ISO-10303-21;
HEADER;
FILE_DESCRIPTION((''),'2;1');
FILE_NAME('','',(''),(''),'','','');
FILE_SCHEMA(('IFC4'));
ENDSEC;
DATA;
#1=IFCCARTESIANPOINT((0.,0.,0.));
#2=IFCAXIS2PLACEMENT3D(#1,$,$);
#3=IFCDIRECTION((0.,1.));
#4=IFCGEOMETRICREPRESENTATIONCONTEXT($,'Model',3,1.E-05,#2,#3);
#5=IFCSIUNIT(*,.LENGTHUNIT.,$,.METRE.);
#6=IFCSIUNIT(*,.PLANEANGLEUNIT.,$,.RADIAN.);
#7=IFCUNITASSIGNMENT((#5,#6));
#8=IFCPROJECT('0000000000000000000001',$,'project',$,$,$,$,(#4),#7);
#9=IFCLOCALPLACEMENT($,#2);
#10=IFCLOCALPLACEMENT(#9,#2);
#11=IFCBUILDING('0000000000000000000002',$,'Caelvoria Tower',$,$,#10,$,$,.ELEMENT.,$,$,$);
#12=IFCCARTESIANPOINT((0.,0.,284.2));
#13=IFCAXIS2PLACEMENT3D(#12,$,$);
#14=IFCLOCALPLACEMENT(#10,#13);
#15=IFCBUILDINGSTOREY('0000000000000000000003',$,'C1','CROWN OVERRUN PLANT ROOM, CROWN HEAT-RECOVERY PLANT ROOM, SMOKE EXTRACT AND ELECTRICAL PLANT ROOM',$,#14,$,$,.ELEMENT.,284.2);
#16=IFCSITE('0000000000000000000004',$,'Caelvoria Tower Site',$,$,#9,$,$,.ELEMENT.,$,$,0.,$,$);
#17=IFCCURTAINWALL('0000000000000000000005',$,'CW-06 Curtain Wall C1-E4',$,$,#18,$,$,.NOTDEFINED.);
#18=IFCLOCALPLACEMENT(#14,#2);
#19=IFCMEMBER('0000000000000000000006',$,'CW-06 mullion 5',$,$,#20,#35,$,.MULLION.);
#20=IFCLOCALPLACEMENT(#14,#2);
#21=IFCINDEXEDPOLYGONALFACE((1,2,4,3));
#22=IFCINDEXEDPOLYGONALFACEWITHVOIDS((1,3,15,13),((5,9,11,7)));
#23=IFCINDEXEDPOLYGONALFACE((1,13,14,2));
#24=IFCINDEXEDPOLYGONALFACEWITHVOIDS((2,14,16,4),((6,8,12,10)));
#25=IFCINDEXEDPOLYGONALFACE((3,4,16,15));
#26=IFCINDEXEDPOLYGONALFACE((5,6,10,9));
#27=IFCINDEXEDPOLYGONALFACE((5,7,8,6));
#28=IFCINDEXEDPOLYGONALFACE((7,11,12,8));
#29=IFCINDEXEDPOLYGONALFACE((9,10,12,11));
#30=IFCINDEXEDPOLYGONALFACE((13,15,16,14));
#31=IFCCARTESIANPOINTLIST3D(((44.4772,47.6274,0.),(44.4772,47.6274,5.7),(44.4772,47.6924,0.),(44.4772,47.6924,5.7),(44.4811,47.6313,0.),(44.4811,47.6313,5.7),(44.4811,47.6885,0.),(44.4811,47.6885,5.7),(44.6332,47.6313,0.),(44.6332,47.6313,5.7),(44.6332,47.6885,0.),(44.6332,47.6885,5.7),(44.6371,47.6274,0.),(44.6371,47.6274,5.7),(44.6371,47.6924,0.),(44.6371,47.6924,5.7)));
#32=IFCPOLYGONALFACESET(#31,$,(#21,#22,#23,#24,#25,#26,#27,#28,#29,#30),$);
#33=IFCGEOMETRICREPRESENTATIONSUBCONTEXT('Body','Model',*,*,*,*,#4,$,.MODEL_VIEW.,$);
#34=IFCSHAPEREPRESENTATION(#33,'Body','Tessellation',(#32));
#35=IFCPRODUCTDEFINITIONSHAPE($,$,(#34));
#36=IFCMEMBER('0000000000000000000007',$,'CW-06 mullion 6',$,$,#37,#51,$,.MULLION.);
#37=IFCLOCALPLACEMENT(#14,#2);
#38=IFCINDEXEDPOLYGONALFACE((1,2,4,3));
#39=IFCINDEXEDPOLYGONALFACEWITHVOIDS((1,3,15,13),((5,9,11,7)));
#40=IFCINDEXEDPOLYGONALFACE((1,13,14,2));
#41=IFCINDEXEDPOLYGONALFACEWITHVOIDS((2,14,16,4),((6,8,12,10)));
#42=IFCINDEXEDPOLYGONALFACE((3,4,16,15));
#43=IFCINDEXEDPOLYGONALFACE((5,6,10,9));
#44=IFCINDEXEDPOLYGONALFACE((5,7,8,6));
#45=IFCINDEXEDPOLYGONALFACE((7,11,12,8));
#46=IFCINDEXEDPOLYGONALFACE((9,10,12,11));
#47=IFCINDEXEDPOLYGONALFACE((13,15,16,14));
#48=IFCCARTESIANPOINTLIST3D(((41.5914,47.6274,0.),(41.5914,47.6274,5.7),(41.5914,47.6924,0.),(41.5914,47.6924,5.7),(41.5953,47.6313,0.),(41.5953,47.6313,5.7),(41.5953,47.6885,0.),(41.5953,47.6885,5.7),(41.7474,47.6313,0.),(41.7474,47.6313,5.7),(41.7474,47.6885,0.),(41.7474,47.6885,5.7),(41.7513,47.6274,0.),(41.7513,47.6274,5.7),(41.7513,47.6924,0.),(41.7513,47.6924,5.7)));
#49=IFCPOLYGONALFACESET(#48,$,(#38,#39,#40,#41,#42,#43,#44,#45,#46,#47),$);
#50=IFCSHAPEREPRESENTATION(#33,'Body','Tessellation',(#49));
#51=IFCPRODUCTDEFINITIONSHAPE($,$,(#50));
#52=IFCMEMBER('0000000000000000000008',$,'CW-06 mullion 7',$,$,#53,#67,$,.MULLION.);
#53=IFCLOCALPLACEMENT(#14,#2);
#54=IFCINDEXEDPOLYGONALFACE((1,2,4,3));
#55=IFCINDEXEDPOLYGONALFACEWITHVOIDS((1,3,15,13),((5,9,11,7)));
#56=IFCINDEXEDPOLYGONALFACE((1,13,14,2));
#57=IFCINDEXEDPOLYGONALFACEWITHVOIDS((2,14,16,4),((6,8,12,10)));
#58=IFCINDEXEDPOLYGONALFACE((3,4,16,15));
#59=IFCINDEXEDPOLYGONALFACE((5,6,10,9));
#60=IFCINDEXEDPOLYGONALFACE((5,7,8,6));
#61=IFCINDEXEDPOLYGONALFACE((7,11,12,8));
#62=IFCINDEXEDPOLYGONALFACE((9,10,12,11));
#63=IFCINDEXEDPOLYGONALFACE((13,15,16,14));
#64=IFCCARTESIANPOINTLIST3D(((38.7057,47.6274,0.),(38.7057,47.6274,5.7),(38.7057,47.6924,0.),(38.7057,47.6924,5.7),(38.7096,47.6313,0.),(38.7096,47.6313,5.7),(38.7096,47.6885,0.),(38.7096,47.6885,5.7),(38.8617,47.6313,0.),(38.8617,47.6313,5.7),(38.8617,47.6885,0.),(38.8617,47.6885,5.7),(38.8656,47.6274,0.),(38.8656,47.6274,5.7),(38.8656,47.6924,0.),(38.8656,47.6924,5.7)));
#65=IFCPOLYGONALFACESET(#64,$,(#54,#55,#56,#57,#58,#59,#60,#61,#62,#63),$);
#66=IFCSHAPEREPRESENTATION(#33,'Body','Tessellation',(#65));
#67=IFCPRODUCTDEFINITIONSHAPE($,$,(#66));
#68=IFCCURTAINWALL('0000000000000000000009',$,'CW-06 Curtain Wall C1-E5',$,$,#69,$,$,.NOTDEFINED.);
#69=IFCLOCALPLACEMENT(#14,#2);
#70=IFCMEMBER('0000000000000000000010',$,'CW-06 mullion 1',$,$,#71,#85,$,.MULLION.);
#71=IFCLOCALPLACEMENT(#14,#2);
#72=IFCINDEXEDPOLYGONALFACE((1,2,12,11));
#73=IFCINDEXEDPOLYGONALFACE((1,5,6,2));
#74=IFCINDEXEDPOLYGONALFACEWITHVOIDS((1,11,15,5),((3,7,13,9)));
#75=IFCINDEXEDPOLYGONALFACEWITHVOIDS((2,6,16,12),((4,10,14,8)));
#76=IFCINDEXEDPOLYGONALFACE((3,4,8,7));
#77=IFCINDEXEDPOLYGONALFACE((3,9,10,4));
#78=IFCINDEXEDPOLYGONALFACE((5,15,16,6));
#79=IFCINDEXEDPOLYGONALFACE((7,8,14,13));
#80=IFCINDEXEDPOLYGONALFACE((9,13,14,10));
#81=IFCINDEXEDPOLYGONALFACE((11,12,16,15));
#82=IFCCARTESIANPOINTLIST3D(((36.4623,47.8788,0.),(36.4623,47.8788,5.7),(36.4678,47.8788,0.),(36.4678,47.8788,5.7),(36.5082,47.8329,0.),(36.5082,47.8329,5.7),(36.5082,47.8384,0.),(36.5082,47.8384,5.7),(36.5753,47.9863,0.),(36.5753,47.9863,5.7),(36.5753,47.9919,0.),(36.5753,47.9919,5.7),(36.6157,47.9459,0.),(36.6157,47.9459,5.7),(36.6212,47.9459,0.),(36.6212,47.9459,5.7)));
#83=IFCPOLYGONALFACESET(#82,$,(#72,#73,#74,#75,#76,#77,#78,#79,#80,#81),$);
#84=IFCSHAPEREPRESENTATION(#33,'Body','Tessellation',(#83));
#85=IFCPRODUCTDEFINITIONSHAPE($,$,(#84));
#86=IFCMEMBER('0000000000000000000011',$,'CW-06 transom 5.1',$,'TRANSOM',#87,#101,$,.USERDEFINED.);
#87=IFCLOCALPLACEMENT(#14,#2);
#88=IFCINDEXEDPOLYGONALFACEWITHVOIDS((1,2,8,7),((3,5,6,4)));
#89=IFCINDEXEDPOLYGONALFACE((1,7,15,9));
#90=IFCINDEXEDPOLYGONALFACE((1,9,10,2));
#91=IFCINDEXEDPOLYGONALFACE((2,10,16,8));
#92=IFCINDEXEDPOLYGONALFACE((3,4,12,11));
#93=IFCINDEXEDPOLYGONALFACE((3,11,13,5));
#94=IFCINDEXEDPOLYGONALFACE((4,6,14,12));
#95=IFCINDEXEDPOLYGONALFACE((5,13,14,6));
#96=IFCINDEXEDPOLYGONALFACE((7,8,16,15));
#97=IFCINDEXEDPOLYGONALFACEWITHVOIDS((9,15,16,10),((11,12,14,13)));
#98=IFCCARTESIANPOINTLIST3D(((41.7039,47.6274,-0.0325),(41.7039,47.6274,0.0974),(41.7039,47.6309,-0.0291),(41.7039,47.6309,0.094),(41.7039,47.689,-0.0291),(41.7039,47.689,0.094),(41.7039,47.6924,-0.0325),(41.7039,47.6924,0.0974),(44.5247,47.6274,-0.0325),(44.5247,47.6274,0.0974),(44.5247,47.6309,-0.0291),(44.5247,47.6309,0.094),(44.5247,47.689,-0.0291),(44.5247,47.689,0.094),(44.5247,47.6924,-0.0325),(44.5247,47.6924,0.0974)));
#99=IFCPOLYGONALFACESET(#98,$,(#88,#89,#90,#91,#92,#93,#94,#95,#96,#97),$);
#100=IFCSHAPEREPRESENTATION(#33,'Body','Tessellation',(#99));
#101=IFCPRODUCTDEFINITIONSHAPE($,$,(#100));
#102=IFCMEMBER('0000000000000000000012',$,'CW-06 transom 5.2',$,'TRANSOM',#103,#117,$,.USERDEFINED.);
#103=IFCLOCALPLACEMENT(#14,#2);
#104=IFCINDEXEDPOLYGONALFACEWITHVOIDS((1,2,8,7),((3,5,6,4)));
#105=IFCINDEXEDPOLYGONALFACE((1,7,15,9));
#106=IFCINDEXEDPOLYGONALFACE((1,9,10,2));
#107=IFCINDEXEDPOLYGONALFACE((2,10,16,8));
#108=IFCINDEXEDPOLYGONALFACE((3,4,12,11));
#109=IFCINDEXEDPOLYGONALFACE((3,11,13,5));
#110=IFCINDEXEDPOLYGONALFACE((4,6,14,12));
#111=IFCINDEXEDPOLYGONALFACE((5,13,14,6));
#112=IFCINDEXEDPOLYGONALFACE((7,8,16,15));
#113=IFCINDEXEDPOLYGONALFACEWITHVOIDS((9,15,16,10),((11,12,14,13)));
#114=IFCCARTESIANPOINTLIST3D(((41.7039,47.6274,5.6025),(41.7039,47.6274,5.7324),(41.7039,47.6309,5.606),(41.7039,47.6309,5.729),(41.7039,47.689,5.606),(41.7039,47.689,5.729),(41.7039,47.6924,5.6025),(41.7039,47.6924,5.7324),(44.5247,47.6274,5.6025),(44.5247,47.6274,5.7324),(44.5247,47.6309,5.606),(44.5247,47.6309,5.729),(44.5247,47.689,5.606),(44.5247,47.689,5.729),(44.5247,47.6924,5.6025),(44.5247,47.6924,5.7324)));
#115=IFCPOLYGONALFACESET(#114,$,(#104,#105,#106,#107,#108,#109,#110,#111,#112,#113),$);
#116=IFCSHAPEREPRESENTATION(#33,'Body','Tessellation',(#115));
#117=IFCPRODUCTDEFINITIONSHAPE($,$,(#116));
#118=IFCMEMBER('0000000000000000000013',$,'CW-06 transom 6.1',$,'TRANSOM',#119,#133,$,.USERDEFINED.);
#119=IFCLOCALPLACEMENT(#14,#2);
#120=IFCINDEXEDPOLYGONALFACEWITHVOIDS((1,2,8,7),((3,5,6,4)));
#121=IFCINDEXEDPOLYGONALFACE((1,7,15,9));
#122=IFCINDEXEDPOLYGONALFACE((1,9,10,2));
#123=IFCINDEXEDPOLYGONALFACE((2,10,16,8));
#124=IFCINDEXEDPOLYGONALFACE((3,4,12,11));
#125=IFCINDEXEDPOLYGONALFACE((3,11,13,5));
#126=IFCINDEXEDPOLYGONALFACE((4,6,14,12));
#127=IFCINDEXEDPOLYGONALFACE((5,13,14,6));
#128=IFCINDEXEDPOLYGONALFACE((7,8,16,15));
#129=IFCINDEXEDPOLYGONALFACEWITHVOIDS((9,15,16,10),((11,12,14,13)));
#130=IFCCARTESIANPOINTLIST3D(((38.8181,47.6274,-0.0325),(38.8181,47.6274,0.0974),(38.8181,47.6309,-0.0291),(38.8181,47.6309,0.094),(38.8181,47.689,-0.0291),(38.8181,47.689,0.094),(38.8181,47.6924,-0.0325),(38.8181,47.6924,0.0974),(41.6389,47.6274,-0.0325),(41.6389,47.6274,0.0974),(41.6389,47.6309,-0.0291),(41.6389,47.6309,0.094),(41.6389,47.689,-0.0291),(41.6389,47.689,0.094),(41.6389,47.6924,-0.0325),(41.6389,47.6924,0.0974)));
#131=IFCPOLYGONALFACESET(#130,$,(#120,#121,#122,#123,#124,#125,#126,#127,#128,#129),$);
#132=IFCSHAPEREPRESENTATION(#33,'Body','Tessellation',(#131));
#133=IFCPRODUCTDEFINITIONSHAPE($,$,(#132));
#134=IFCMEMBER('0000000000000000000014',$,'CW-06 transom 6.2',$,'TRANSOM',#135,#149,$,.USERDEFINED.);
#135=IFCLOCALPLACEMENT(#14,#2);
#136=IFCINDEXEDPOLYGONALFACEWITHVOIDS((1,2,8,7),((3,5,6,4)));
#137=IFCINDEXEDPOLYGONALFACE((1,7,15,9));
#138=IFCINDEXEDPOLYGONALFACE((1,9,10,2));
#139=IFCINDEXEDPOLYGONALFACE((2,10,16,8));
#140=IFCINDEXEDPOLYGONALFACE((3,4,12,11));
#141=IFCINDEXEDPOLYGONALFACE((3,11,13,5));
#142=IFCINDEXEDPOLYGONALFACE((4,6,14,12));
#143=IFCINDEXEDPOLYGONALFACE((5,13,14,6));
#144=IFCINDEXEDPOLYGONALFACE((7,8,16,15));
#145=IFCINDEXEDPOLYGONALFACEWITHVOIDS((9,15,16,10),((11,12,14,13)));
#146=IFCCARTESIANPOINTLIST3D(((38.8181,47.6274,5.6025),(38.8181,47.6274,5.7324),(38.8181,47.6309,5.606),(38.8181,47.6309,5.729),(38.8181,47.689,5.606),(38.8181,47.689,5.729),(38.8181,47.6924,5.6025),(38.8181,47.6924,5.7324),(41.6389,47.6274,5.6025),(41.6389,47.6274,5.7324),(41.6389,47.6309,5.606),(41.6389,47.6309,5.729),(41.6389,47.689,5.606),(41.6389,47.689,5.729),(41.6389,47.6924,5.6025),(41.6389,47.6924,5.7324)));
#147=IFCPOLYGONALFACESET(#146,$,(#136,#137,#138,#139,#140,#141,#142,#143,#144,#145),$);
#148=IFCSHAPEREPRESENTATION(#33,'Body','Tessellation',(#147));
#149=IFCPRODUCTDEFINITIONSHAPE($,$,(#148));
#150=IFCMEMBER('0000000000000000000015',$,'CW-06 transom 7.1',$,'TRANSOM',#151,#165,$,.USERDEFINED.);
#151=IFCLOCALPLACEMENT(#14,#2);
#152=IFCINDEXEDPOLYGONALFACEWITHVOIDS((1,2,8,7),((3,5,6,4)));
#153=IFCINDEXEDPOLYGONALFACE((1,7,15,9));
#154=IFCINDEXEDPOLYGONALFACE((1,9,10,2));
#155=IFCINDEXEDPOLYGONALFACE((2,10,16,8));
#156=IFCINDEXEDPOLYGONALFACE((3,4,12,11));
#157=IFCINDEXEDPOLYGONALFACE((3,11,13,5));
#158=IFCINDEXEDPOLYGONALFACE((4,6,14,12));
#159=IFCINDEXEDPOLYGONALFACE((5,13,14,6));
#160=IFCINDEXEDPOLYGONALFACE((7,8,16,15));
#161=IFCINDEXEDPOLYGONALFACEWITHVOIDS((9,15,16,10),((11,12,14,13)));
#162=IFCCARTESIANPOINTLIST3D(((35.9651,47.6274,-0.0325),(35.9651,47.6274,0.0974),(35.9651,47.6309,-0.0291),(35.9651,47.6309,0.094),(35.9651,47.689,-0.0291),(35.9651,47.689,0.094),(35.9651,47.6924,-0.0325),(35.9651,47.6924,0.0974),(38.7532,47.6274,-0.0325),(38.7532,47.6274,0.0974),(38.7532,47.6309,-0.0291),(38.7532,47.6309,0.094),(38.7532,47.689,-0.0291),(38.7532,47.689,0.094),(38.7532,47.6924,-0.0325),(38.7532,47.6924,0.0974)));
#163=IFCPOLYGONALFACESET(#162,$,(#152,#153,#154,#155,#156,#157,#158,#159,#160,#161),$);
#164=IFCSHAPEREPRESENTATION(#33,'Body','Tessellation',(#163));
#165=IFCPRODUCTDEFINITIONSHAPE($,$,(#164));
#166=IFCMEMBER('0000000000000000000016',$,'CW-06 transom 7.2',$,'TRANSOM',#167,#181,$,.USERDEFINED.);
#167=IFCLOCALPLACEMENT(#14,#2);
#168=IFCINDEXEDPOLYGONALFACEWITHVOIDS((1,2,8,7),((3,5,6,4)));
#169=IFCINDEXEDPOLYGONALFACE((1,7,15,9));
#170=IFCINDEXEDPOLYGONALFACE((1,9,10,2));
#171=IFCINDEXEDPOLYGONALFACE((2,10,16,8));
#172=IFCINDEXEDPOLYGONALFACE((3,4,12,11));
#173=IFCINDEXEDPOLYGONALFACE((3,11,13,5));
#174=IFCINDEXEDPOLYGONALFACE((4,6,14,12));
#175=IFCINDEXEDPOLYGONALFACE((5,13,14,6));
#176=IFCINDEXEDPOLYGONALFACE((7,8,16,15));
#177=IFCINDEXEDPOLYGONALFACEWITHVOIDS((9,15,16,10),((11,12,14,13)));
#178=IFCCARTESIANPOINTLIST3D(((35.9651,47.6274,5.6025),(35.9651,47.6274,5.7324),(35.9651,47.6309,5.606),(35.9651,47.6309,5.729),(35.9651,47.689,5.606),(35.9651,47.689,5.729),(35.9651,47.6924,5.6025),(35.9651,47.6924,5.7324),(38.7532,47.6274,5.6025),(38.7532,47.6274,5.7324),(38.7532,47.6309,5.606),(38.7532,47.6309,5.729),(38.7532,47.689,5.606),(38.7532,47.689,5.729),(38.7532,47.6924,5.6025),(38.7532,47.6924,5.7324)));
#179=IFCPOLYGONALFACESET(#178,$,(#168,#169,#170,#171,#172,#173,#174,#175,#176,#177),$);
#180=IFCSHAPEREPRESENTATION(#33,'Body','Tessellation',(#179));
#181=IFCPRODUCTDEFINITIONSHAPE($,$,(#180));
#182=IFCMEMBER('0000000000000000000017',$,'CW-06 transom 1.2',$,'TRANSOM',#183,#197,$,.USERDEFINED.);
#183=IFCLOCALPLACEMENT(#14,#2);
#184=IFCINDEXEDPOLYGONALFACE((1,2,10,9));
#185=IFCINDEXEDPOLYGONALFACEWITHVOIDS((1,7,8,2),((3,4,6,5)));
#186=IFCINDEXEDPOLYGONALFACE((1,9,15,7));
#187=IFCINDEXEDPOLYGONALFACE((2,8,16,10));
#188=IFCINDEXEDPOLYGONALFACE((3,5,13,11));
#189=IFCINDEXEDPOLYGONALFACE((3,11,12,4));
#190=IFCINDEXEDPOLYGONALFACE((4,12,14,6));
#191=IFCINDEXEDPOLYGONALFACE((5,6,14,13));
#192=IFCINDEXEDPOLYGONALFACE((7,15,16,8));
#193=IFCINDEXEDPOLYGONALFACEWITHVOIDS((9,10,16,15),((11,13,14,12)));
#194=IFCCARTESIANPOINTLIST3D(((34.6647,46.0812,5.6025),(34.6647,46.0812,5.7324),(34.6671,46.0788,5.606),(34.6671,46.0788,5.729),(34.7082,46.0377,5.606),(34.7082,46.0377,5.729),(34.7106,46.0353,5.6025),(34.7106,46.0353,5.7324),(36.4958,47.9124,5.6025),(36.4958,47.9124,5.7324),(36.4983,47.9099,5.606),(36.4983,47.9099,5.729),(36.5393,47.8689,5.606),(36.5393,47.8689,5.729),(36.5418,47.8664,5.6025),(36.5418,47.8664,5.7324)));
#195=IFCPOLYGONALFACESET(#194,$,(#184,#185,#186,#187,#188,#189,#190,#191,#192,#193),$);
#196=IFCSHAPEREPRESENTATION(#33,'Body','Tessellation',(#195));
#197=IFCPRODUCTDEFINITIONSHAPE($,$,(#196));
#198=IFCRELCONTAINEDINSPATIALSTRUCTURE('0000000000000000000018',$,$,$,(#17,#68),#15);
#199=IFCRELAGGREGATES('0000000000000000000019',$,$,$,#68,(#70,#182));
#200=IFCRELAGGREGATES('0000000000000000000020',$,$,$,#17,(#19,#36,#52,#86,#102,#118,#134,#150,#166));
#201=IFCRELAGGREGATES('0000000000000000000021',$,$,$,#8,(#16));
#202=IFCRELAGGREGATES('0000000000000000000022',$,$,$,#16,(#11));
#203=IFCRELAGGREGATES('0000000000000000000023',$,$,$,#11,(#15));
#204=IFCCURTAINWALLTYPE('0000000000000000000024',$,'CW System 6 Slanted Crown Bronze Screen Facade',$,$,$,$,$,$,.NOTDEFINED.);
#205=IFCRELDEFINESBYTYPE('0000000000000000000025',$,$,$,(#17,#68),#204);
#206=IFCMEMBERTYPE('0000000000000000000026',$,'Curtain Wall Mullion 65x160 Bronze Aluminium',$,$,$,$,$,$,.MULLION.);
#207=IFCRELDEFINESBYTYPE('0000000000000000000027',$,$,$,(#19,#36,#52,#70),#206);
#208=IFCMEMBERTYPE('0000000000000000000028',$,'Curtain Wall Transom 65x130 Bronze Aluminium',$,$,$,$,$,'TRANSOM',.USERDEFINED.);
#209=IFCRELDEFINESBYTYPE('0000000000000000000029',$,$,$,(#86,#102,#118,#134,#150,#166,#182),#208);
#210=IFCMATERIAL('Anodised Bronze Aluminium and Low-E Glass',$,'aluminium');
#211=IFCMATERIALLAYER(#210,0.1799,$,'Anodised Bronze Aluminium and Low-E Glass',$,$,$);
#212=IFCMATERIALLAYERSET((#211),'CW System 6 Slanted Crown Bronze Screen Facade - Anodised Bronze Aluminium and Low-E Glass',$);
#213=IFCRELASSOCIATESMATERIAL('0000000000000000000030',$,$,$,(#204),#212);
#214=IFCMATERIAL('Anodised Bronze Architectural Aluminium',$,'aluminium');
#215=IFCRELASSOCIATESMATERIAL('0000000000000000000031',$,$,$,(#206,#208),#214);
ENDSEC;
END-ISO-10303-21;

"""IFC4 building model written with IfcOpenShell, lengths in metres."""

from ifc_helpers import new_model, si_unit, direction, frame, origin, origin_2d, place, context, subcontext, project, spatial, hollow_rectangle, extrude, material, layer, layer_set, material_profile, profile_set, type_object, element, aggregate, save


model = new_model("IFC4")

# Units and contexts
model_context = context("Model", 3, precision=1e-05, world=origin(), true_north=direction((0.0, 1.0)))
body_context = subcontext(model_context, "Body", "Model", "MODEL_VIEW")
ifc_project = project(units=[si_unit("LENGTHUNIT", "METRE"), si_unit("PLANEANGLEUNIT", "RADIAN")], contexts=[model_context])

# Site, building, storey
site_placement = place(None, origin())
site = spatial("IfcSite", under=ifc_project, at=site_placement, Name="Caelvoria Tower Site", CompositionType="ELEMENT", RefElevation=0.0)
building_placement = place(site_placement, origin())
building = spatial("IfcBuilding", under=site, at=building_placement, Name="Caelvoria Tower", CompositionType="ELEMENT")
storey_placement = place(building_placement, frame((0.0, 0.0, 284.2)))
storey = spatial("IfcBuildingStorey", under=building, at=storey_placement, Name="C1", Description="CROWN OVERRUN PLANT ROOM, CROWN HEAT-RECOVERY PLANT ROOM, SMOKE EXTRACT AND ELECTRICAL PLANT ROOM", CompositionType="ELEMENT", Elevation=284.2)

# Curtain wall, members
ifc_material_1 = material(Name="Anodised Bronze Aluminium and Low-E Glass", Category="aluminium")
ifc_layer_1 = layer(ifc_material_1, 0.1799, Name="Anodised Bronze Aluminium and Low-E Glass")
ifc_layer_set_1 = layer_set([ifc_layer_1], Name="CW System 6 Slanted Crown Bronze Screen Facade - Anodised Bronze Aluminium and Low-E Glass")
curtain_wall_type = type_object("IfcCurtainWallType", Name="CW System 6 Slanted Crown Bronze Screen Facade", PredefinedType="NOTDEFINED", material=ifc_layer_set_1)
curtain_wall_1_placement = place(storey_placement, origin())
curtain_wall_1 = element("IfcCurtainWall", 1, at=curtain_wall_1_placement, inside=storey, type_object=curtain_wall_type, Name="CW-06 Curtain Wall C1-E4", PredefinedType="NOTDEFINED")
ifc_material_2 = material(Name="Anodised Bronze Architectural Aluminium", Category="aluminium")
ifc_material_profile_1 = material_profile(ifc_material_2, hollow_rectangle(XDim=0.0649, YDim=0.1599, WallThickness=0.0039, at=origin_2d()), Name="Anodised Bronze Architectural Aluminium")
ifc_profile_set_1 = profile_set([ifc_material_profile_1], Name="CW_MULL_65X160 - Anodised Bronze Architectural Aluminium")
member_type_1 = type_object("IfcMemberType", Name="Curtain Wall Mullion 65x160 Bronze Aluminium", PredefinedType="MULLION", material=ifc_profile_set_1)
member_1_placement = place(storey_placement, frame((44.5571, 47.6599, 0.0), z_axis=(0.0, 0.0, 1.0), x_axis=(0.0, -1.0, 0.0)))
member_1 = element("IfcMember", 2, at=member_1_placement, type_object=member_type_1, Name="CW-06 mullion 5", PredefinedType="MULLION", context=body_context, shape_type="SweptSolid", body=[
    extrude(hollow_rectangle(XDim=0.0649, YDim=0.1599, WallThickness=0.0039, at=origin_2d()), origin(), (0.0, 0.0, 1.0), 5.7),
])
member_2_placement = place(storey_placement, frame((41.6714, 47.6599, 0.0), z_axis=(0.0, 0.0, 1.0), x_axis=(0.0, -1.0, 0.0)))
member_2 = element("IfcMember", 3, at=member_2_placement, type_object=member_type_1, Name="CW-06 mullion 6", PredefinedType="MULLION", context=body_context, shape_type="SweptSolid", body=[
    extrude(hollow_rectangle(XDim=0.0649, YDim=0.1599, WallThickness=0.0039, at=origin_2d()), origin(), (0.0, 0.0, 1.0), 5.7),
])
member_3_placement = place(storey_placement, frame((38.7856, 47.6599, 0.0), z_axis=(0.0, 0.0, 1.0), x_axis=(0.0, -1.0, 0.0)))
member_3 = element("IfcMember", 4, at=member_3_placement, type_object=member_type_1, Name="CW-06 mullion 7", PredefinedType="MULLION", context=body_context, shape_type="SweptSolid", body=[
    extrude(hollow_rectangle(XDim=0.0649, YDim=0.1599, WallThickness=0.0039, at=origin_2d()), origin(), (0.0, 0.0, 1.0), 5.7),
])

# Curtain wall, member
curtain_wall_2_placement = place(storey_placement, origin())
curtain_wall_2 = element("IfcCurtainWall", 5, at=curtain_wall_2_placement, inside=storey, type_object=curtain_wall_type, Name="CW-06 Curtain Wall C1-E5", PredefinedType="NOTDEFINED")
member_4_placement = place(storey_placement, frame((36.5417, 47.9124, 0.0), z_axis=(0.0, 0.0, 1.0), x_axis=(0.707107, -0.707107, 0.0)))
member_4 = element("IfcMember", 6, at=member_4_placement, type_object=member_type_1, Name="CW-06 mullion 1", PredefinedType="MULLION", context=body_context, shape_type="SweptSolid", body=[
    extrude(hollow_rectangle(XDim=0.0649, YDim=0.1599, WallThickness=0.0039, at=origin_2d()), origin(), (0.0, 0.0, 1.0), 5.7),
])

# Members
ifc_material_profile_2 = material_profile(ifc_material_2, hollow_rectangle(XDim=0.0649, YDim=0.1299, WallThickness=0.0034, at=origin_2d()), Name="Anodised Bronze Architectural Aluminium")
ifc_profile_set_2 = profile_set([ifc_material_profile_2], Name="CW_TRAN_65X130 - Anodised Bronze Architectural Aluminium")
member_type_2 = type_object("IfcMemberType", Name="Curtain Wall Transom 65x130 Bronze Aluminium", ElementType="TRANSOM", PredefinedType="USERDEFINED", material=ifc_profile_set_2)
member_5_placement = place(storey_placement, frame((44.5247, 47.6599, 0.0325), z_axis=(-1.0, 0.0, 0.0), x_axis=(0.0, -1.0, 0.0)))
member_5 = element("IfcMember", 7, at=member_5_placement, type_object=member_type_2, Name="CW-06 transom 5.1", ObjectType="TRANSOM", PredefinedType="USERDEFINED", context=body_context, shape_type="SweptSolid", body=[
    extrude(hollow_rectangle(XDim=0.0649, YDim=0.1299, WallThickness=0.0034, at=origin_2d()), origin(), (0.0, 0.0, 1.0), 2.8208),
])
member_6_placement = place(storey_placement, frame((44.5247, 47.6599, 5.6675), z_axis=(-1.0, 0.0, 0.0), x_axis=(0.0, -1.0, 0.0)))
member_6 = element("IfcMember", 8, at=member_6_placement, type_object=member_type_2, Name="CW-06 transom 5.2", ObjectType="TRANSOM", PredefinedType="USERDEFINED", context=body_context, shape_type="SweptSolid", body=[
    extrude(hollow_rectangle(XDim=0.0649, YDim=0.1299, WallThickness=0.0034, at=origin_2d()), origin(), (0.0, 0.0, 1.0), 2.8208),
])
member_7_placement = place(storey_placement, frame((41.6389, 47.6599, 0.0325), z_axis=(-1.0, 0.0, 0.0), x_axis=(0.0, -1.0, 0.0)))
member_7 = element("IfcMember", 9, at=member_7_placement, type_object=member_type_2, Name="CW-06 transom 6.1", ObjectType="TRANSOM", PredefinedType="USERDEFINED", context=body_context, shape_type="SweptSolid", body=[
    extrude(hollow_rectangle(XDim=0.0649, YDim=0.1299, WallThickness=0.0034, at=origin_2d()), origin(), (0.0, 0.0, 1.0), 2.8208),
])
member_8_placement = place(storey_placement, frame((41.6389, 47.6599, 5.6675), z_axis=(-1.0, 0.0, 0.0), x_axis=(0.0, -1.0, 0.0)))
member_8 = element("IfcMember", 10, at=member_8_placement, type_object=member_type_2, Name="CW-06 transom 6.2", ObjectType="TRANSOM", PredefinedType="USERDEFINED", context=body_context, shape_type="SweptSolid", body=[
    extrude(hollow_rectangle(XDim=0.0649, YDim=0.1299, WallThickness=0.0034, at=origin_2d()), origin(), (0.0, 0.0, 1.0), 2.8208),
])
member_9_placement = place(storey_placement, frame((38.7532, 47.6599, 0.0325), z_axis=(-1.0, 0.0, 0.0), x_axis=(0.0, -1.0, 0.0)))
member_9 = element("IfcMember", 11, at=member_9_placement, type_object=member_type_2, Name="CW-06 transom 7.1", ObjectType="TRANSOM", PredefinedType="USERDEFINED", context=body_context, shape_type="SweptSolid", body=[
    extrude(hollow_rectangle(XDim=0.0649, YDim=0.1299, WallThickness=0.0034, at=origin_2d()), origin(), (0.0, 0.0, 1.0), 2.7881),
])
member_10_placement = place(storey_placement, frame((38.7532, 47.6599, 5.6675), z_axis=(-1.0, 0.0, 0.0), x_axis=(0.0, -1.0, 0.0)))
member_10 = element("IfcMember", 12, at=member_10_placement, type_object=member_type_2, Name="CW-06 transom 7.2", ObjectType="TRANSOM", PredefinedType="USERDEFINED", context=body_context, shape_type="SweptSolid", body=[
    extrude(hollow_rectangle(XDim=0.0649, YDim=0.1299, WallThickness=0.0034, at=origin_2d()), origin(), (0.0, 0.0, 1.0), 2.7881),
])
member_11_placement = place(storey_placement, frame((36.5188, 47.8894, 5.6675), z_axis=(-0.707107, -0.707107, 0.0), x_axis=(0.707107, -0.707107, 0.0)))
member_11 = element("IfcMember", 13, at=member_11_placement, type_object=member_type_2, Name="CW-06 transom 1.2", ObjectType="TRANSOM", PredefinedType="USERDEFINED", context=body_context, shape_type="SweptSolid", body=[
    extrude(hollow_rectangle(XDim=0.0649, YDim=0.1299, WallThickness=0.0034, at=origin_2d()), origin(), (0.0, 0.0, 1.0), 2.5896),
])
aggregate(curtain_wall_2, [member_4, member_11])

aggregate(curtain_wall_1, [member_1, member_2, member_3, member_5, member_6, member_7, member_8, member_9, member_10])

save(model, "model.ifc")
